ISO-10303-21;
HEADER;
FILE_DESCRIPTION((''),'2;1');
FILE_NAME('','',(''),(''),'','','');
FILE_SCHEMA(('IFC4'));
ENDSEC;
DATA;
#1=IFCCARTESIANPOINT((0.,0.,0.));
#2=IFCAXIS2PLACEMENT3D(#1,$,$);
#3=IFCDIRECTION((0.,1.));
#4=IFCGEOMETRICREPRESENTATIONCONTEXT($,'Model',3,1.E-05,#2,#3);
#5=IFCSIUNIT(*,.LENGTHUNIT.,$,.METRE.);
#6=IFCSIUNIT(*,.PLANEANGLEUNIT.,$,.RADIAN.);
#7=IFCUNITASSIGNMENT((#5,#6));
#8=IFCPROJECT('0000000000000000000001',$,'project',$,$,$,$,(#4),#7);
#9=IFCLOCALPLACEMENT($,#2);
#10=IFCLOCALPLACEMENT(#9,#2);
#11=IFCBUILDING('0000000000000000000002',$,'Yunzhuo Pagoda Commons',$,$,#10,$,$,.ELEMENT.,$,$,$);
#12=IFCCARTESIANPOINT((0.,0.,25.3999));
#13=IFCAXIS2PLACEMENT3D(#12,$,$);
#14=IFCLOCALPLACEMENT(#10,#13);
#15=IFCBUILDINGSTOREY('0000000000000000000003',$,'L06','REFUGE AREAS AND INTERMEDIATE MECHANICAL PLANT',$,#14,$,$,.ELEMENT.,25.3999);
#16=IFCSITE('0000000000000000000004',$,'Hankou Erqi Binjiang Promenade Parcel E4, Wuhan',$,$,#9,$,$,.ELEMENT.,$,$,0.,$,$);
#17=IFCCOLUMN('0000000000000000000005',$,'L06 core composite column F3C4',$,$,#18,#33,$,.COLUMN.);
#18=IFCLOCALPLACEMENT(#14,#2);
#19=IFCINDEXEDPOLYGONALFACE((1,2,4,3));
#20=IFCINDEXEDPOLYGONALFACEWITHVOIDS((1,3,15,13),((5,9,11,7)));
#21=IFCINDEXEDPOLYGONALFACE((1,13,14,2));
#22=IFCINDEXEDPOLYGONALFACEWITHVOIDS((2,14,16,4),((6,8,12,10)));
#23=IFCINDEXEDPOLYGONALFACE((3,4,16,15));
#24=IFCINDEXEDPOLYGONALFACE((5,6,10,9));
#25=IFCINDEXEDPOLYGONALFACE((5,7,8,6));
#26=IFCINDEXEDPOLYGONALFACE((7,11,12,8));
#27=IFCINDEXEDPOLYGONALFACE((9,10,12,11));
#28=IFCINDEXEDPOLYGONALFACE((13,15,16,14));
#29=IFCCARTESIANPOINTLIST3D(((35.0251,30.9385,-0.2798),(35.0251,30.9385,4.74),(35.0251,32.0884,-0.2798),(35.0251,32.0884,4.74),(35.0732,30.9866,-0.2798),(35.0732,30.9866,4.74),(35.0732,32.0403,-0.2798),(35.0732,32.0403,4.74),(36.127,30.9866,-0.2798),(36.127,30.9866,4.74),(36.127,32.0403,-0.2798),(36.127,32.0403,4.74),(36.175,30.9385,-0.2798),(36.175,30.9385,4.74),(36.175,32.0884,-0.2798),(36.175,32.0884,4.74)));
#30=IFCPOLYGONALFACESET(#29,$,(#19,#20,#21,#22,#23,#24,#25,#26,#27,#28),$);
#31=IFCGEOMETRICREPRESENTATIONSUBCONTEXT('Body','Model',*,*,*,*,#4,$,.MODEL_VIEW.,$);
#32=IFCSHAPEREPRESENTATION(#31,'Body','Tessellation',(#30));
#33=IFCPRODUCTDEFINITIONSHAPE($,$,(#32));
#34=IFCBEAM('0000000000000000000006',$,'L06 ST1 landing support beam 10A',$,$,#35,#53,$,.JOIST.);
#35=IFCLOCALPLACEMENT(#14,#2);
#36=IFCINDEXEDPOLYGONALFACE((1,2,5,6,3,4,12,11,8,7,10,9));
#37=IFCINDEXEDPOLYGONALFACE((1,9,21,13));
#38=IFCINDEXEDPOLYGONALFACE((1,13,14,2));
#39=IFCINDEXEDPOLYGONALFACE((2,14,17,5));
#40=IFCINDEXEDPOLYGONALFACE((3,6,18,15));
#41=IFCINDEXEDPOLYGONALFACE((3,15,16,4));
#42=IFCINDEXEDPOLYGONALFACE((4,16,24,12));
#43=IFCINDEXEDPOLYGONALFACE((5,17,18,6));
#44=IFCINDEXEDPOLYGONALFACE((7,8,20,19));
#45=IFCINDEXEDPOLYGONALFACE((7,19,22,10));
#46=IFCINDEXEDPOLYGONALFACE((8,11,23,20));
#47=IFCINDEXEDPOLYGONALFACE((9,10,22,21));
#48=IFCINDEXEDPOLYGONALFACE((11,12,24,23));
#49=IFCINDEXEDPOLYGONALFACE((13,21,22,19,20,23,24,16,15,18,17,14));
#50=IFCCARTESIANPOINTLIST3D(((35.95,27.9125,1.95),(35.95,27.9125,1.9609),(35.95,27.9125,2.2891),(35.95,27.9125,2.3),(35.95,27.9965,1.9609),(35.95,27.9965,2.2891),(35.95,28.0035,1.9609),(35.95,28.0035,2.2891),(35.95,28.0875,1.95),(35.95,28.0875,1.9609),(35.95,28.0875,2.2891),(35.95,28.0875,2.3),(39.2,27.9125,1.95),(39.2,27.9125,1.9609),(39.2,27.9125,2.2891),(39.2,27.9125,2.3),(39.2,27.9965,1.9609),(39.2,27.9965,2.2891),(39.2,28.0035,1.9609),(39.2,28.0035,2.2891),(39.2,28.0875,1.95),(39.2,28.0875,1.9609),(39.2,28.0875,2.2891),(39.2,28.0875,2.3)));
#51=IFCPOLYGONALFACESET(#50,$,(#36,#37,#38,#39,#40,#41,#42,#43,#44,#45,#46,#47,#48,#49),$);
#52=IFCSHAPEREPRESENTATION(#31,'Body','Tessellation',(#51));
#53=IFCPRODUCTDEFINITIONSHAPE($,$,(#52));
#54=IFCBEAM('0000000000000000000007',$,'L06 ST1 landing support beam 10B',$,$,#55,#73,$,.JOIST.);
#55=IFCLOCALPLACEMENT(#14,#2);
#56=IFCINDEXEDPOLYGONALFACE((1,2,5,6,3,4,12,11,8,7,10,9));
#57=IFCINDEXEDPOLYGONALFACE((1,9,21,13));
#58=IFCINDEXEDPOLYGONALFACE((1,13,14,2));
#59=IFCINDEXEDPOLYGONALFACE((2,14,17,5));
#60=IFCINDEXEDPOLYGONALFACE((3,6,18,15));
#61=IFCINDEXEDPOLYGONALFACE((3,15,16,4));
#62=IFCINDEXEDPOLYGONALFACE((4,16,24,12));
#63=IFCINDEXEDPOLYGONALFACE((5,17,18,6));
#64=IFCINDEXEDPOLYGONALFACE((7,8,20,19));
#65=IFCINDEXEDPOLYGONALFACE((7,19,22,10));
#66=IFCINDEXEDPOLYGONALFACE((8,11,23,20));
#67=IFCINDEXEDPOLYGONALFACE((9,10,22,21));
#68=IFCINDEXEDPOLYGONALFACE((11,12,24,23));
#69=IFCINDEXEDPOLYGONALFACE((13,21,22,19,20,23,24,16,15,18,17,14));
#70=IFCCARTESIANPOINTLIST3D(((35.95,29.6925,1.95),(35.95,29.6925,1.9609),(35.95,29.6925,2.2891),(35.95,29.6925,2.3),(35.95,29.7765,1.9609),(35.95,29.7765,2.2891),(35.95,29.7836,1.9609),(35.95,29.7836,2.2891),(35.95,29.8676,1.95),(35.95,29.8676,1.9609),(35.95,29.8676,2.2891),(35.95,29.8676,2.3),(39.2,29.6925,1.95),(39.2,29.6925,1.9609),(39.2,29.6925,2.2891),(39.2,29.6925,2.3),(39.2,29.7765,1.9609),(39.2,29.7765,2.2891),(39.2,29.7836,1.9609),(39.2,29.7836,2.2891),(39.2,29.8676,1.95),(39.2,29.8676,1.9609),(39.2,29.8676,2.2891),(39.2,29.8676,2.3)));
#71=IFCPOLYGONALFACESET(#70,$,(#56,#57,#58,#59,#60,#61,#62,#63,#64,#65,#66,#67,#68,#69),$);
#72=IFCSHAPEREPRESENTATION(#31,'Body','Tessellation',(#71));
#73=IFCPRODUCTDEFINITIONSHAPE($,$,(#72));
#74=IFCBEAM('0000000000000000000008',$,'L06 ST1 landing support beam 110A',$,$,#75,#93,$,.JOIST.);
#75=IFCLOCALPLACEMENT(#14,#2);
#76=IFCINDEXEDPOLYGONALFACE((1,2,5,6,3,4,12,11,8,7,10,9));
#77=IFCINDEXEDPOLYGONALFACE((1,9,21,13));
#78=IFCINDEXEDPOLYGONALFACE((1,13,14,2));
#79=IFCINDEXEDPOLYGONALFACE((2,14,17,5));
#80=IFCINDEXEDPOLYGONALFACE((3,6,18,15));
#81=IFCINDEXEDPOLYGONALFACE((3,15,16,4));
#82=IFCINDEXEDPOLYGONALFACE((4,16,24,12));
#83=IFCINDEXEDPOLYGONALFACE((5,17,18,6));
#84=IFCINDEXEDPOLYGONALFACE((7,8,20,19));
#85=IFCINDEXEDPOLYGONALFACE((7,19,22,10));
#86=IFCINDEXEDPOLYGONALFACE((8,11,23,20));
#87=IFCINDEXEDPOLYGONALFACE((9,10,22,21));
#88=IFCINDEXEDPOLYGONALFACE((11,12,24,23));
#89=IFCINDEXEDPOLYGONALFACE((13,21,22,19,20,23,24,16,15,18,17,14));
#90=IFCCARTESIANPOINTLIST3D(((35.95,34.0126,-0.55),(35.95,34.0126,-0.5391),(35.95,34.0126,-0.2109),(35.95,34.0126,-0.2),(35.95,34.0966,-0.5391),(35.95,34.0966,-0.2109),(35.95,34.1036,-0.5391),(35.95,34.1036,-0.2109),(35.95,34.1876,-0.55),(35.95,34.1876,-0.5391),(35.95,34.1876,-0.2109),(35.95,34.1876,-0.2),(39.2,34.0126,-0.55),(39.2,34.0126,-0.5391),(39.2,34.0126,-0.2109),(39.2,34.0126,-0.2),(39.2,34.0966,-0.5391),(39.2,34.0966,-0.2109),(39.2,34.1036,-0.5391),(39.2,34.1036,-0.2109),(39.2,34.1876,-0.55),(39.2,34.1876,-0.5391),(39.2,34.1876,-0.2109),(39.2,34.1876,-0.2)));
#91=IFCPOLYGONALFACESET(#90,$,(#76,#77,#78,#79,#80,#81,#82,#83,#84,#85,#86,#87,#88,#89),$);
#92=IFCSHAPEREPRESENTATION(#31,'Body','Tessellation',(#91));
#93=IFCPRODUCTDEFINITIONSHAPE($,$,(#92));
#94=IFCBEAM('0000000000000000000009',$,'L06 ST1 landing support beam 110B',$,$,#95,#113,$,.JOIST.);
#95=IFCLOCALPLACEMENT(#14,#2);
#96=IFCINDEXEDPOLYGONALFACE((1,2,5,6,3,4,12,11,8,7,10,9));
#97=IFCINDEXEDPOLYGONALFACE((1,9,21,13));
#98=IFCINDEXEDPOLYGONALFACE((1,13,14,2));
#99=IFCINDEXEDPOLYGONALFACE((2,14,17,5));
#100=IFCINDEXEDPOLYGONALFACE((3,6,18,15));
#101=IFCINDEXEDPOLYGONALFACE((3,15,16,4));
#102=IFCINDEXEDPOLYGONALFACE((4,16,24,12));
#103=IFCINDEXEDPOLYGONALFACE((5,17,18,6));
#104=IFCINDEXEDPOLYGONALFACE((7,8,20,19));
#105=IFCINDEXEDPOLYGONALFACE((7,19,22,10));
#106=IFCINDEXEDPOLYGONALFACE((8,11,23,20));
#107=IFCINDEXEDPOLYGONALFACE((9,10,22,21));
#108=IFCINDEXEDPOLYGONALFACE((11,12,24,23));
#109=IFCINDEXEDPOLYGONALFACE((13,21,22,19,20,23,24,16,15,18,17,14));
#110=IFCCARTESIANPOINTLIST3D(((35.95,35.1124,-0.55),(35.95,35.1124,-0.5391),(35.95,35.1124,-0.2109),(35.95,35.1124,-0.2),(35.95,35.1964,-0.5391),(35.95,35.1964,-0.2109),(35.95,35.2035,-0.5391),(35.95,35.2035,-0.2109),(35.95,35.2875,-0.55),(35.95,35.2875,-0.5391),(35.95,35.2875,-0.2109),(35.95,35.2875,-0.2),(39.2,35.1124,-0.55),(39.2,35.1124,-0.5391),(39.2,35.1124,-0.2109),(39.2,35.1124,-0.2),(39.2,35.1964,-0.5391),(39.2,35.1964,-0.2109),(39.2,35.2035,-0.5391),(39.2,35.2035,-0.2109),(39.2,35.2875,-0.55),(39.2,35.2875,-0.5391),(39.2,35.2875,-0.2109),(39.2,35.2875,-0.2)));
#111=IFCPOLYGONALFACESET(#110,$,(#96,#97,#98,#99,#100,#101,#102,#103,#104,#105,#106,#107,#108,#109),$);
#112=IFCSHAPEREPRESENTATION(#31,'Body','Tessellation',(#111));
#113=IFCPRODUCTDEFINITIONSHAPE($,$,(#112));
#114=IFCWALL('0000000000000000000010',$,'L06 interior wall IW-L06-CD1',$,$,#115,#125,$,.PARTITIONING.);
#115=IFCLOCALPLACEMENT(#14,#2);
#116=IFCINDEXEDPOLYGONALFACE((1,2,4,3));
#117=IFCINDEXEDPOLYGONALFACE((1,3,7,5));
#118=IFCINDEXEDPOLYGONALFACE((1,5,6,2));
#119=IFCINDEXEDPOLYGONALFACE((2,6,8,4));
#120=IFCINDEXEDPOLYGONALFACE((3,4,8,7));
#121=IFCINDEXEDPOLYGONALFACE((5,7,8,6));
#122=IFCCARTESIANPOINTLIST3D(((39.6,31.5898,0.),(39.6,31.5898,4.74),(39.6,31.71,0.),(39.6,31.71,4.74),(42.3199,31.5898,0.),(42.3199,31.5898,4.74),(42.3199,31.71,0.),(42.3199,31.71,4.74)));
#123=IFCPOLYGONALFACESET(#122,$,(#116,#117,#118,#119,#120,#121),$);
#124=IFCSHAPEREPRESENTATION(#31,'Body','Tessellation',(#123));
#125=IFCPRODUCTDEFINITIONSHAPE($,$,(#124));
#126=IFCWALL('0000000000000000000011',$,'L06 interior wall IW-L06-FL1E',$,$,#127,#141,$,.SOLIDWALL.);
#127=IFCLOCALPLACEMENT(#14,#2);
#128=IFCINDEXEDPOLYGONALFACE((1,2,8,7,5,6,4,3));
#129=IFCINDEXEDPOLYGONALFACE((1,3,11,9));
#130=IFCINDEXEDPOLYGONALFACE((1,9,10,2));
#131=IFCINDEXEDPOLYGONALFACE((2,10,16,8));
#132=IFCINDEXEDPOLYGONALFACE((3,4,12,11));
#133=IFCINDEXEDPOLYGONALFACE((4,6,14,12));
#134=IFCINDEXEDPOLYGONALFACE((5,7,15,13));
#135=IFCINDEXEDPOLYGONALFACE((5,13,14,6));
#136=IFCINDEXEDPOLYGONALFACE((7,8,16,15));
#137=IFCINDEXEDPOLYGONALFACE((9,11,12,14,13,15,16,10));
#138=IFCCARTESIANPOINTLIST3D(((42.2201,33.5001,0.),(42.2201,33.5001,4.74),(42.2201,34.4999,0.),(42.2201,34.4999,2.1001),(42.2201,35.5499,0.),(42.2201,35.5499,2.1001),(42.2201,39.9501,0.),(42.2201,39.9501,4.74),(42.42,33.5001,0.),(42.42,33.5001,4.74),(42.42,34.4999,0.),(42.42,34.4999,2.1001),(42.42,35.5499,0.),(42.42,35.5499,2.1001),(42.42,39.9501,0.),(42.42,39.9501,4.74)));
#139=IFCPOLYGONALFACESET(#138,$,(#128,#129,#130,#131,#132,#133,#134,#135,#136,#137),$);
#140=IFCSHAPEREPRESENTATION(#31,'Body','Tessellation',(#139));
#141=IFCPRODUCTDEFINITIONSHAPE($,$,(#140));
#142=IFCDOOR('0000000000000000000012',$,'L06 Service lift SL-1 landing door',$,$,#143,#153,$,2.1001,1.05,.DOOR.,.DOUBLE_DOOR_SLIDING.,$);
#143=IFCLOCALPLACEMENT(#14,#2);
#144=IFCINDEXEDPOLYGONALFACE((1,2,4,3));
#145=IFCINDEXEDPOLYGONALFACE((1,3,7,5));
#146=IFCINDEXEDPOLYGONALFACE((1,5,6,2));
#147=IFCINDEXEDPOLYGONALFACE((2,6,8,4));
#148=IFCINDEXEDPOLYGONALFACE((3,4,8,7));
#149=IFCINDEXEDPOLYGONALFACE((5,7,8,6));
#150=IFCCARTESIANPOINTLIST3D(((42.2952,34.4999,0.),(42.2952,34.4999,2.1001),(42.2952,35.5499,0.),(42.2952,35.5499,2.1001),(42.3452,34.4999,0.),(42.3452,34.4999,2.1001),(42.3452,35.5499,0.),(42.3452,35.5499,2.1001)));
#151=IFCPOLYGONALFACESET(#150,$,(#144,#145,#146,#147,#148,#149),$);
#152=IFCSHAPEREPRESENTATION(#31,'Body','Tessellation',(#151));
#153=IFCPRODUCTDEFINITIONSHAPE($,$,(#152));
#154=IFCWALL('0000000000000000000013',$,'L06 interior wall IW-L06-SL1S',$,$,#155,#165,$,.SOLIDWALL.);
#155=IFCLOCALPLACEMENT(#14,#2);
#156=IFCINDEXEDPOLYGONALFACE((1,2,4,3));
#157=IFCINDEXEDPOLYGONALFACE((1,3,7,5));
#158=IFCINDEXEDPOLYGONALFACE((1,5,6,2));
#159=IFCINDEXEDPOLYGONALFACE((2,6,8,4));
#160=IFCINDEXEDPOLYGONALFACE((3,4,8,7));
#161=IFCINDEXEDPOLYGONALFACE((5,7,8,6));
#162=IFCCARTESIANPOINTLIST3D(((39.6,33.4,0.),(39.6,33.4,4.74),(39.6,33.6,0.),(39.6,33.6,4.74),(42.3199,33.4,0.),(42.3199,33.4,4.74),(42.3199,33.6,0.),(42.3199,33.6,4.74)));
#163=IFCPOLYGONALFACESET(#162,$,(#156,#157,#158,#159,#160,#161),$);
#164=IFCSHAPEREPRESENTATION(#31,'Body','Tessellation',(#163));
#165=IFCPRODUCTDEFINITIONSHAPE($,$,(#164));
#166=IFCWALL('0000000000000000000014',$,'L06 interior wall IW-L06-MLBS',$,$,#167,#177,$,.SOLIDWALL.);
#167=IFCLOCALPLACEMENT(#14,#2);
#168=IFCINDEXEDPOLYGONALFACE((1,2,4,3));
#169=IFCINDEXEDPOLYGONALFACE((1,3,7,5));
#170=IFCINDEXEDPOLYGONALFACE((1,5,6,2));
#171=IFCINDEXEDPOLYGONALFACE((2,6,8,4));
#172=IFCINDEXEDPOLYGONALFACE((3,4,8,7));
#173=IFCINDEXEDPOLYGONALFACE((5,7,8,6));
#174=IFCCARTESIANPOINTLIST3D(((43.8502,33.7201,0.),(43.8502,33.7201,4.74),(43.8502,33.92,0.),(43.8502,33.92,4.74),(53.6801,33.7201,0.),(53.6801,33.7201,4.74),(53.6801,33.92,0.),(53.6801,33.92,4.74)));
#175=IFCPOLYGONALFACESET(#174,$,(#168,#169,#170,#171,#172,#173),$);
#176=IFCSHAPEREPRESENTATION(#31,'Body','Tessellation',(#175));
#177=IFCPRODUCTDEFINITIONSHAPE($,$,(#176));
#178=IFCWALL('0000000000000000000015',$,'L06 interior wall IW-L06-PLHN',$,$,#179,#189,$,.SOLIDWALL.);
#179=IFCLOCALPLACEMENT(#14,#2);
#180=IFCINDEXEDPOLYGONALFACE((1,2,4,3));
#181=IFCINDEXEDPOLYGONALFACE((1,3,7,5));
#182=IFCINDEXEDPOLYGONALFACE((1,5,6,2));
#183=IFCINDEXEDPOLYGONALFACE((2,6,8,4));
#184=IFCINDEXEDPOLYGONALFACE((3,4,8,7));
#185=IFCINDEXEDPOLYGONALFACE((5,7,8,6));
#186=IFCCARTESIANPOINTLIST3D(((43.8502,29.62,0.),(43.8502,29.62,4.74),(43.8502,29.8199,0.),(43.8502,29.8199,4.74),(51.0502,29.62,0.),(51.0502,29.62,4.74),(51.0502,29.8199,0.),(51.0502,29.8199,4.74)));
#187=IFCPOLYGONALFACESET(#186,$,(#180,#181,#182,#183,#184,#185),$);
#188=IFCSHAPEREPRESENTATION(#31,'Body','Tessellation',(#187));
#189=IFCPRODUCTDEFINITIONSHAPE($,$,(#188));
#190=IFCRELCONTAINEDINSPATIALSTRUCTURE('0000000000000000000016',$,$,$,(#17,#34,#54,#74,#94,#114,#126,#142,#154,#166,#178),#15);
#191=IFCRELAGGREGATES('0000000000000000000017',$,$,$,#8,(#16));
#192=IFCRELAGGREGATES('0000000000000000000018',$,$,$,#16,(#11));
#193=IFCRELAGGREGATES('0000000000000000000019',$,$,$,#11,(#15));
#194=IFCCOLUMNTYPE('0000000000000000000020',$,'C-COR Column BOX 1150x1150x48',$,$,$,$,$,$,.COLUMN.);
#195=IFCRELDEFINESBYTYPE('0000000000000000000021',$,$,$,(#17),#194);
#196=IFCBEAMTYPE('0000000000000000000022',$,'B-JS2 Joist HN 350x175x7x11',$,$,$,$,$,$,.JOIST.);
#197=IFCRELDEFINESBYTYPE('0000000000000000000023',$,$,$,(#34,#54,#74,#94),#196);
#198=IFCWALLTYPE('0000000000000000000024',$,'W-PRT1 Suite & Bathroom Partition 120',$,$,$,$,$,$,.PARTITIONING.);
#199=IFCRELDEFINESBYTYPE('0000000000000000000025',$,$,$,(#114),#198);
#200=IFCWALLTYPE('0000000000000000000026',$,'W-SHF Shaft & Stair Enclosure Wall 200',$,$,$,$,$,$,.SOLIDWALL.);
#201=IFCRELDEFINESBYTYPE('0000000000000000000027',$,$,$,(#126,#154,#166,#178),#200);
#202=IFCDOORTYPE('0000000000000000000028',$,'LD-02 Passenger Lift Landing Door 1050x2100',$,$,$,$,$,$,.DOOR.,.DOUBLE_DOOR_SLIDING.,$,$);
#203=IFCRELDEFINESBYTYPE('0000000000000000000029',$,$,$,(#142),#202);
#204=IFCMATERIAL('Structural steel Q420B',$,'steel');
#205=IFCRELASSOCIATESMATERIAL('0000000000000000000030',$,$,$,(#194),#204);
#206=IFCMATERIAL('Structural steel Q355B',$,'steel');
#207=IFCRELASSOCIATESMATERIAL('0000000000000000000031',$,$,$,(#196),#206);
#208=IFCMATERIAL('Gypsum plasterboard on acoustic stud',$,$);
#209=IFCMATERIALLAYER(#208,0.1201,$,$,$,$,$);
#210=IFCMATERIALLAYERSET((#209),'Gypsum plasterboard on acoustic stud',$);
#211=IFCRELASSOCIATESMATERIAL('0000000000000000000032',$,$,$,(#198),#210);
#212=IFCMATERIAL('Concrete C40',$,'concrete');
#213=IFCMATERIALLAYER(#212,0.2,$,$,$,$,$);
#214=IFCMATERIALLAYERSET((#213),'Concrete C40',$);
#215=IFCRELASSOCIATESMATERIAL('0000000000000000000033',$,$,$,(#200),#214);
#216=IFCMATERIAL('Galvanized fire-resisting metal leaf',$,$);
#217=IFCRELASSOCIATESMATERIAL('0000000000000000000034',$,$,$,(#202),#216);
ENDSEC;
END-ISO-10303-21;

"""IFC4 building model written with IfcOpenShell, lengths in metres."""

from ifc_helpers import new_model, si_unit, direction, frame, frame_2d, origin, origin_with_axes, origin_2d, place, context, subcontext, project, spatial, rectangle, hollow_rectangle, i_section, extrude, source, transform, mapped, material, layer, layer_set, material_profile, profile_set, type_object, element, fill, save


model = new_model("IFC4")

# Units and contexts
model_context = context("Model", 3, precision=1e-05, world=origin(), true_north=direction((0.0, 1.0)))
body_context = subcontext(model_context, "Body", "Model", "MODEL_VIEW")
ifc_project = project(units=[si_unit("LENGTHUNIT", "METRE"), si_unit("PLANEANGLEUNIT", "RADIAN")], contexts=[model_context])

# Site, building, storey
site_placement = place(None, origin())
site = spatial("IfcSite", under=ifc_project, at=site_placement, Name="Hankou Erqi Binjiang Promenade Parcel E4, Wuhan", CompositionType="ELEMENT", RefElevation=0.0)
building_placement = place(site_placement, origin())
building = spatial("IfcBuilding", under=site, at=building_placement, Name="Yunzhuo Pagoda Commons", CompositionType="ELEMENT")
storey_placement = place(building_placement, frame((0.0, 0.0, 25.3999)))
storey = spatial("IfcBuildingStorey", under=building, at=storey_placement, Name="L06", Description="REFUGE AREAS AND INTERMEDIATE MECHANICAL PLANT", CompositionType="ELEMENT", Elevation=25.3999)

# Column
ifc_material_1 = material(Name="Structural steel Q420B", Category="steel")
ifc_material_profile_1 = material_profile(ifc_material_1, hollow_rectangle(XDim=1.1499, YDim=1.1499, WallThickness=0.0481, at=origin_2d()), Name="Structural steel Q420B")
ifc_profile_set_1 = profile_set([ifc_material_profile_1], Name="Structural steel Q420B")
column_type = type_object("IfcColumnType", Name="C-COR Column BOX 1150x1150x48", PredefinedType="COLUMN", material=ifc_profile_set_1)
shared_shape_1 = source(origin(), body_context, "Body", "SweptSolid", [
    extrude(hollow_rectangle(XDim=1.1499, YDim=1.1499, WallThickness=0.0481, at=origin_2d()), origin(), (0.0, 0.0, 1.0), 5.0198),
])
column_placement = place(storey_placement, frame((35.6001, 31.5134, -0.2798), z_axis=(0.0, 0.0, 1.0), x_axis=(1.0, 0.0, 0.0)))
element("IfcColumn", 1, at=column_placement, inside=storey, type_object=column_type, Name="L06 core composite column F3C4", PredefinedType="COLUMN", context=body_context, shape_type="MappedRepresentation", body=[
    mapped(shared_shape_1, transform((0.0, 0.0, 0.0), scale=1.0)),
])

# Beams
ifc_material_2 = material(Name="Structural steel Q355B", Category="steel")
ifc_material_profile_2 = material_profile(ifc_material_2, i_section(OverallWidth=0.175, OverallDepth=0.3501, WebThickness=0.0071, FlangeThickness=0.011, at=origin_2d()), Name="Structural steel Q355B")
ifc_profile_set_2 = profile_set([ifc_material_profile_2], Name="Structural steel Q355B")
beam_type = type_object("IfcBeamType", Name="B-JS2 Joist HN 350x175x7x11", PredefinedType="JOIST", material=ifc_profile_set_2)
shared_shape_2 = source(origin(), body_context, "Body", "SweptSolid", [
    extrude(i_section(OverallWidth=0.175, OverallDepth=0.3501, WebThickness=0.0071, FlangeThickness=0.011, at=origin_2d()), origin(), (0.0, 0.0, 1.0), 3.25),
])
for number, where, z_axis, x_axis, name in (
    (2, (35.95, 28.0, 2.125), (1.0, 0.0, 0.0), (0.0, 1.0, 0.0), "L06 ST1 landing support beam 10A"),
    (3, (35.95, 29.78, 2.125), (1.0, 0.0, 0.0), (0.0, 1.0, 0.0), "L06 ST1 landing support beam 10B"),
    (4, (35.95, 34.1001, -0.375), (1.0, 0.0, 0.0), (0.0, 1.0, 0.0), "L06 ST1 landing support beam 110A"),
    (5, (35.95, 35.2, -0.375), (1.0, 0.0, 0.0), (0.0, 1.0, 0.0), "L06 ST1 landing support beam 110B"),
):
    element("IfcBeam", number, at=place(storey_placement, frame(where, z_axis=z_axis, x_axis=x_axis)), inside=storey, type_object=beam_type, Name=name, PredefinedType="JOIST", context=body_context, shape_type="MappedRepresentation", body=[
        mapped(shared_shape_2, transform((0.0, 0.0, 0.0), scale=1.0)),
    ])

# Wall
ifc_material_3 = material(Name="Gypsum plasterboard on acoustic stud")
ifc_layer_1 = layer(ifc_material_3, 0.1201)
ifc_layer_set_1 = layer_set([ifc_layer_1], Name="Gypsum plasterboard on acoustic stud")
wall_type_1 = type_object("IfcWallType", Name="W-PRT1 Suite & Bathroom Partition 120", PredefinedType="PARTITIONING", material=ifc_layer_set_1)
wall_1_placement = place(storey_placement, frame((39.6001, 31.6499, 0.0), z_axis=(0.0, 0.0, 1.0), x_axis=(1.0, 0.0, 0.0)))
element("IfcWall", 6, at=wall_1_placement, inside=storey, type_object=wall_type_1, Name="L06 interior wall IW-L06-CD1", PredefinedType="PARTITIONING", context=body_context, shape_type="SweptSolid", body=[
    extrude(rectangle(XDim=2.72, YDim=0.1201, at=frame_2d((1.3599, 0.0))), origin(), (0.0, 0.0, 1.0), 4.74),
])

# Wall, opening, door
ifc_material_4 = material(Name="Concrete C40", Category="concrete")
ifc_layer_2 = layer(ifc_material_4, 0.2)
ifc_layer_set_2 = layer_set([ifc_layer_2], Name="Concrete C40")
wall_type_2 = type_object("IfcWallType", Name="W-SHF Shaft & Stair Enclosure Wall 200", PredefinedType="SOLIDWALL", material=ifc_layer_set_2)
wall_2_placement = place(storey_placement, frame((42.3201, 33.5, 0.0), z_axis=(0.0, 0.0, 1.0), x_axis=(0.0, 1.0, 0.0)))
wall_2 = element("IfcWall", 7, at=wall_2_placement, inside=storey, type_object=wall_type_2, Name="L06 interior wall IW-L06-FL1E", PredefinedType="SOLIDWALL", context=body_context, shape_type="SweptSolid", body=[
    extrude(rectangle(XDim=6.45, YDim=0.2, at=frame_2d((3.2251, 0.0))), origin(), (0.0, 0.0, 1.0), 4.74),
])
opening_placement = place(wall_2_placement, frame((1.0, 0.0, 0.0)))
opening = element("IfcOpeningElement", 8, at=opening_placement, cuts=wall_2, PredefinedType="OPENING", context=body_context, shape_type="SweptSolid", body=[
    extrude(rectangle(XDim=1.05, YDim=2.1001, at=frame_2d((0.5249, 1.05))), frame((0.0, 0.1099, 0.0), z_axis=(0.0, -1.0, 0.0), x_axis=(1.0, 0.0, 0.0)), (0.0, 0.0, 1.0), 0.22),
])
ifc_material_5 = material(Name="Galvanized fire-resisting metal leaf")
door_type = type_object("IfcDoorType", Name="LD-02 Passenger Lift Landing Door 1050x2100", OperationType="DOUBLE_DOOR_SLIDING", PredefinedType="DOOR", material=ifc_material_5)
shared_shape_3 = source(origin(), body_context, "Body", "SweptSolid", [
    extrude(rectangle(XDim=1.05, YDim=2.1001, at=frame_2d((0.5249, 1.05))), frame((0.0, 0.0249, 0.0), z_axis=(0.0, -1.0, 0.0), x_axis=(1.0, 0.0, 0.0)), (0.0, 0.0, 1.0), 0.05),
])
door_placement = place(opening_placement, origin_with_axes())
door = element("IfcDoor", 9, at=door_placement, inside=storey, type_object=door_type, Name="L06 Service lift SL-1 landing door", OperationType="DOUBLE_DOOR_SLIDING", OverallHeight=2.1001, OverallWidth=1.05, PredefinedType="DOOR", context=body_context, shape_type="MappedRepresentation", body=[
    mapped(shared_shape_3, transform((0.0, 0.0, 0.0), scale=1.0)),
])
fill(opening, door)

# Walls
wall_3_placement = place(storey_placement, frame((39.6001, 33.5, 0.0), z_axis=(0.0, 0.0, 1.0), x_axis=(1.0, 0.0, 0.0)))
element("IfcWall", 10, at=wall_3_placement, inside=storey, type_object=wall_type_2, Name="L06 interior wall IW-L06-SL1S", PredefinedType="SOLIDWALL", context=body_context, shape_type="SweptSolid", body=[
    extrude(rectangle(XDim=2.72, YDim=0.2, at=frame_2d((1.3599, 0.0))), origin(), (0.0, 0.0, 1.0), 4.74),
])
wall_4_placement = place(storey_placement, frame((43.8501, 33.8201, 0.0), z_axis=(0.0, 0.0, 1.0), x_axis=(1.0, 0.0, 0.0)))
element("IfcWall", 11, at=wall_4_placement, inside=storey, type_object=wall_type_2, Name="L06 interior wall IW-L06-MLBS", PredefinedType="SOLIDWALL", context=body_context, shape_type="SweptSolid", body=[
    extrude(rectangle(XDim=9.8298, YDim=0.2, at=frame_2d((4.915, 0.0))), origin(), (0.0, 0.0, 1.0), 4.74),
])
wall_5_placement = place(storey_placement, frame((43.8501, 29.72, 0.0), z_axis=(0.0, 0.0, 1.0), x_axis=(1.0, 0.0, 0.0)))
element("IfcWall", 12, at=wall_5_placement, inside=storey, type_object=wall_type_2, Name="L06 interior wall IW-L06-PLHN", PredefinedType="SOLIDWALL", context=body_context, shape_type="SweptSolid", body=[
    extrude(rectangle(XDim=7.2, YDim=0.2, at=frame_2d((3.6001, 0.0))), origin(), (0.0, 0.0, 1.0), 4.74),
])

save(model, "model.ifc")
